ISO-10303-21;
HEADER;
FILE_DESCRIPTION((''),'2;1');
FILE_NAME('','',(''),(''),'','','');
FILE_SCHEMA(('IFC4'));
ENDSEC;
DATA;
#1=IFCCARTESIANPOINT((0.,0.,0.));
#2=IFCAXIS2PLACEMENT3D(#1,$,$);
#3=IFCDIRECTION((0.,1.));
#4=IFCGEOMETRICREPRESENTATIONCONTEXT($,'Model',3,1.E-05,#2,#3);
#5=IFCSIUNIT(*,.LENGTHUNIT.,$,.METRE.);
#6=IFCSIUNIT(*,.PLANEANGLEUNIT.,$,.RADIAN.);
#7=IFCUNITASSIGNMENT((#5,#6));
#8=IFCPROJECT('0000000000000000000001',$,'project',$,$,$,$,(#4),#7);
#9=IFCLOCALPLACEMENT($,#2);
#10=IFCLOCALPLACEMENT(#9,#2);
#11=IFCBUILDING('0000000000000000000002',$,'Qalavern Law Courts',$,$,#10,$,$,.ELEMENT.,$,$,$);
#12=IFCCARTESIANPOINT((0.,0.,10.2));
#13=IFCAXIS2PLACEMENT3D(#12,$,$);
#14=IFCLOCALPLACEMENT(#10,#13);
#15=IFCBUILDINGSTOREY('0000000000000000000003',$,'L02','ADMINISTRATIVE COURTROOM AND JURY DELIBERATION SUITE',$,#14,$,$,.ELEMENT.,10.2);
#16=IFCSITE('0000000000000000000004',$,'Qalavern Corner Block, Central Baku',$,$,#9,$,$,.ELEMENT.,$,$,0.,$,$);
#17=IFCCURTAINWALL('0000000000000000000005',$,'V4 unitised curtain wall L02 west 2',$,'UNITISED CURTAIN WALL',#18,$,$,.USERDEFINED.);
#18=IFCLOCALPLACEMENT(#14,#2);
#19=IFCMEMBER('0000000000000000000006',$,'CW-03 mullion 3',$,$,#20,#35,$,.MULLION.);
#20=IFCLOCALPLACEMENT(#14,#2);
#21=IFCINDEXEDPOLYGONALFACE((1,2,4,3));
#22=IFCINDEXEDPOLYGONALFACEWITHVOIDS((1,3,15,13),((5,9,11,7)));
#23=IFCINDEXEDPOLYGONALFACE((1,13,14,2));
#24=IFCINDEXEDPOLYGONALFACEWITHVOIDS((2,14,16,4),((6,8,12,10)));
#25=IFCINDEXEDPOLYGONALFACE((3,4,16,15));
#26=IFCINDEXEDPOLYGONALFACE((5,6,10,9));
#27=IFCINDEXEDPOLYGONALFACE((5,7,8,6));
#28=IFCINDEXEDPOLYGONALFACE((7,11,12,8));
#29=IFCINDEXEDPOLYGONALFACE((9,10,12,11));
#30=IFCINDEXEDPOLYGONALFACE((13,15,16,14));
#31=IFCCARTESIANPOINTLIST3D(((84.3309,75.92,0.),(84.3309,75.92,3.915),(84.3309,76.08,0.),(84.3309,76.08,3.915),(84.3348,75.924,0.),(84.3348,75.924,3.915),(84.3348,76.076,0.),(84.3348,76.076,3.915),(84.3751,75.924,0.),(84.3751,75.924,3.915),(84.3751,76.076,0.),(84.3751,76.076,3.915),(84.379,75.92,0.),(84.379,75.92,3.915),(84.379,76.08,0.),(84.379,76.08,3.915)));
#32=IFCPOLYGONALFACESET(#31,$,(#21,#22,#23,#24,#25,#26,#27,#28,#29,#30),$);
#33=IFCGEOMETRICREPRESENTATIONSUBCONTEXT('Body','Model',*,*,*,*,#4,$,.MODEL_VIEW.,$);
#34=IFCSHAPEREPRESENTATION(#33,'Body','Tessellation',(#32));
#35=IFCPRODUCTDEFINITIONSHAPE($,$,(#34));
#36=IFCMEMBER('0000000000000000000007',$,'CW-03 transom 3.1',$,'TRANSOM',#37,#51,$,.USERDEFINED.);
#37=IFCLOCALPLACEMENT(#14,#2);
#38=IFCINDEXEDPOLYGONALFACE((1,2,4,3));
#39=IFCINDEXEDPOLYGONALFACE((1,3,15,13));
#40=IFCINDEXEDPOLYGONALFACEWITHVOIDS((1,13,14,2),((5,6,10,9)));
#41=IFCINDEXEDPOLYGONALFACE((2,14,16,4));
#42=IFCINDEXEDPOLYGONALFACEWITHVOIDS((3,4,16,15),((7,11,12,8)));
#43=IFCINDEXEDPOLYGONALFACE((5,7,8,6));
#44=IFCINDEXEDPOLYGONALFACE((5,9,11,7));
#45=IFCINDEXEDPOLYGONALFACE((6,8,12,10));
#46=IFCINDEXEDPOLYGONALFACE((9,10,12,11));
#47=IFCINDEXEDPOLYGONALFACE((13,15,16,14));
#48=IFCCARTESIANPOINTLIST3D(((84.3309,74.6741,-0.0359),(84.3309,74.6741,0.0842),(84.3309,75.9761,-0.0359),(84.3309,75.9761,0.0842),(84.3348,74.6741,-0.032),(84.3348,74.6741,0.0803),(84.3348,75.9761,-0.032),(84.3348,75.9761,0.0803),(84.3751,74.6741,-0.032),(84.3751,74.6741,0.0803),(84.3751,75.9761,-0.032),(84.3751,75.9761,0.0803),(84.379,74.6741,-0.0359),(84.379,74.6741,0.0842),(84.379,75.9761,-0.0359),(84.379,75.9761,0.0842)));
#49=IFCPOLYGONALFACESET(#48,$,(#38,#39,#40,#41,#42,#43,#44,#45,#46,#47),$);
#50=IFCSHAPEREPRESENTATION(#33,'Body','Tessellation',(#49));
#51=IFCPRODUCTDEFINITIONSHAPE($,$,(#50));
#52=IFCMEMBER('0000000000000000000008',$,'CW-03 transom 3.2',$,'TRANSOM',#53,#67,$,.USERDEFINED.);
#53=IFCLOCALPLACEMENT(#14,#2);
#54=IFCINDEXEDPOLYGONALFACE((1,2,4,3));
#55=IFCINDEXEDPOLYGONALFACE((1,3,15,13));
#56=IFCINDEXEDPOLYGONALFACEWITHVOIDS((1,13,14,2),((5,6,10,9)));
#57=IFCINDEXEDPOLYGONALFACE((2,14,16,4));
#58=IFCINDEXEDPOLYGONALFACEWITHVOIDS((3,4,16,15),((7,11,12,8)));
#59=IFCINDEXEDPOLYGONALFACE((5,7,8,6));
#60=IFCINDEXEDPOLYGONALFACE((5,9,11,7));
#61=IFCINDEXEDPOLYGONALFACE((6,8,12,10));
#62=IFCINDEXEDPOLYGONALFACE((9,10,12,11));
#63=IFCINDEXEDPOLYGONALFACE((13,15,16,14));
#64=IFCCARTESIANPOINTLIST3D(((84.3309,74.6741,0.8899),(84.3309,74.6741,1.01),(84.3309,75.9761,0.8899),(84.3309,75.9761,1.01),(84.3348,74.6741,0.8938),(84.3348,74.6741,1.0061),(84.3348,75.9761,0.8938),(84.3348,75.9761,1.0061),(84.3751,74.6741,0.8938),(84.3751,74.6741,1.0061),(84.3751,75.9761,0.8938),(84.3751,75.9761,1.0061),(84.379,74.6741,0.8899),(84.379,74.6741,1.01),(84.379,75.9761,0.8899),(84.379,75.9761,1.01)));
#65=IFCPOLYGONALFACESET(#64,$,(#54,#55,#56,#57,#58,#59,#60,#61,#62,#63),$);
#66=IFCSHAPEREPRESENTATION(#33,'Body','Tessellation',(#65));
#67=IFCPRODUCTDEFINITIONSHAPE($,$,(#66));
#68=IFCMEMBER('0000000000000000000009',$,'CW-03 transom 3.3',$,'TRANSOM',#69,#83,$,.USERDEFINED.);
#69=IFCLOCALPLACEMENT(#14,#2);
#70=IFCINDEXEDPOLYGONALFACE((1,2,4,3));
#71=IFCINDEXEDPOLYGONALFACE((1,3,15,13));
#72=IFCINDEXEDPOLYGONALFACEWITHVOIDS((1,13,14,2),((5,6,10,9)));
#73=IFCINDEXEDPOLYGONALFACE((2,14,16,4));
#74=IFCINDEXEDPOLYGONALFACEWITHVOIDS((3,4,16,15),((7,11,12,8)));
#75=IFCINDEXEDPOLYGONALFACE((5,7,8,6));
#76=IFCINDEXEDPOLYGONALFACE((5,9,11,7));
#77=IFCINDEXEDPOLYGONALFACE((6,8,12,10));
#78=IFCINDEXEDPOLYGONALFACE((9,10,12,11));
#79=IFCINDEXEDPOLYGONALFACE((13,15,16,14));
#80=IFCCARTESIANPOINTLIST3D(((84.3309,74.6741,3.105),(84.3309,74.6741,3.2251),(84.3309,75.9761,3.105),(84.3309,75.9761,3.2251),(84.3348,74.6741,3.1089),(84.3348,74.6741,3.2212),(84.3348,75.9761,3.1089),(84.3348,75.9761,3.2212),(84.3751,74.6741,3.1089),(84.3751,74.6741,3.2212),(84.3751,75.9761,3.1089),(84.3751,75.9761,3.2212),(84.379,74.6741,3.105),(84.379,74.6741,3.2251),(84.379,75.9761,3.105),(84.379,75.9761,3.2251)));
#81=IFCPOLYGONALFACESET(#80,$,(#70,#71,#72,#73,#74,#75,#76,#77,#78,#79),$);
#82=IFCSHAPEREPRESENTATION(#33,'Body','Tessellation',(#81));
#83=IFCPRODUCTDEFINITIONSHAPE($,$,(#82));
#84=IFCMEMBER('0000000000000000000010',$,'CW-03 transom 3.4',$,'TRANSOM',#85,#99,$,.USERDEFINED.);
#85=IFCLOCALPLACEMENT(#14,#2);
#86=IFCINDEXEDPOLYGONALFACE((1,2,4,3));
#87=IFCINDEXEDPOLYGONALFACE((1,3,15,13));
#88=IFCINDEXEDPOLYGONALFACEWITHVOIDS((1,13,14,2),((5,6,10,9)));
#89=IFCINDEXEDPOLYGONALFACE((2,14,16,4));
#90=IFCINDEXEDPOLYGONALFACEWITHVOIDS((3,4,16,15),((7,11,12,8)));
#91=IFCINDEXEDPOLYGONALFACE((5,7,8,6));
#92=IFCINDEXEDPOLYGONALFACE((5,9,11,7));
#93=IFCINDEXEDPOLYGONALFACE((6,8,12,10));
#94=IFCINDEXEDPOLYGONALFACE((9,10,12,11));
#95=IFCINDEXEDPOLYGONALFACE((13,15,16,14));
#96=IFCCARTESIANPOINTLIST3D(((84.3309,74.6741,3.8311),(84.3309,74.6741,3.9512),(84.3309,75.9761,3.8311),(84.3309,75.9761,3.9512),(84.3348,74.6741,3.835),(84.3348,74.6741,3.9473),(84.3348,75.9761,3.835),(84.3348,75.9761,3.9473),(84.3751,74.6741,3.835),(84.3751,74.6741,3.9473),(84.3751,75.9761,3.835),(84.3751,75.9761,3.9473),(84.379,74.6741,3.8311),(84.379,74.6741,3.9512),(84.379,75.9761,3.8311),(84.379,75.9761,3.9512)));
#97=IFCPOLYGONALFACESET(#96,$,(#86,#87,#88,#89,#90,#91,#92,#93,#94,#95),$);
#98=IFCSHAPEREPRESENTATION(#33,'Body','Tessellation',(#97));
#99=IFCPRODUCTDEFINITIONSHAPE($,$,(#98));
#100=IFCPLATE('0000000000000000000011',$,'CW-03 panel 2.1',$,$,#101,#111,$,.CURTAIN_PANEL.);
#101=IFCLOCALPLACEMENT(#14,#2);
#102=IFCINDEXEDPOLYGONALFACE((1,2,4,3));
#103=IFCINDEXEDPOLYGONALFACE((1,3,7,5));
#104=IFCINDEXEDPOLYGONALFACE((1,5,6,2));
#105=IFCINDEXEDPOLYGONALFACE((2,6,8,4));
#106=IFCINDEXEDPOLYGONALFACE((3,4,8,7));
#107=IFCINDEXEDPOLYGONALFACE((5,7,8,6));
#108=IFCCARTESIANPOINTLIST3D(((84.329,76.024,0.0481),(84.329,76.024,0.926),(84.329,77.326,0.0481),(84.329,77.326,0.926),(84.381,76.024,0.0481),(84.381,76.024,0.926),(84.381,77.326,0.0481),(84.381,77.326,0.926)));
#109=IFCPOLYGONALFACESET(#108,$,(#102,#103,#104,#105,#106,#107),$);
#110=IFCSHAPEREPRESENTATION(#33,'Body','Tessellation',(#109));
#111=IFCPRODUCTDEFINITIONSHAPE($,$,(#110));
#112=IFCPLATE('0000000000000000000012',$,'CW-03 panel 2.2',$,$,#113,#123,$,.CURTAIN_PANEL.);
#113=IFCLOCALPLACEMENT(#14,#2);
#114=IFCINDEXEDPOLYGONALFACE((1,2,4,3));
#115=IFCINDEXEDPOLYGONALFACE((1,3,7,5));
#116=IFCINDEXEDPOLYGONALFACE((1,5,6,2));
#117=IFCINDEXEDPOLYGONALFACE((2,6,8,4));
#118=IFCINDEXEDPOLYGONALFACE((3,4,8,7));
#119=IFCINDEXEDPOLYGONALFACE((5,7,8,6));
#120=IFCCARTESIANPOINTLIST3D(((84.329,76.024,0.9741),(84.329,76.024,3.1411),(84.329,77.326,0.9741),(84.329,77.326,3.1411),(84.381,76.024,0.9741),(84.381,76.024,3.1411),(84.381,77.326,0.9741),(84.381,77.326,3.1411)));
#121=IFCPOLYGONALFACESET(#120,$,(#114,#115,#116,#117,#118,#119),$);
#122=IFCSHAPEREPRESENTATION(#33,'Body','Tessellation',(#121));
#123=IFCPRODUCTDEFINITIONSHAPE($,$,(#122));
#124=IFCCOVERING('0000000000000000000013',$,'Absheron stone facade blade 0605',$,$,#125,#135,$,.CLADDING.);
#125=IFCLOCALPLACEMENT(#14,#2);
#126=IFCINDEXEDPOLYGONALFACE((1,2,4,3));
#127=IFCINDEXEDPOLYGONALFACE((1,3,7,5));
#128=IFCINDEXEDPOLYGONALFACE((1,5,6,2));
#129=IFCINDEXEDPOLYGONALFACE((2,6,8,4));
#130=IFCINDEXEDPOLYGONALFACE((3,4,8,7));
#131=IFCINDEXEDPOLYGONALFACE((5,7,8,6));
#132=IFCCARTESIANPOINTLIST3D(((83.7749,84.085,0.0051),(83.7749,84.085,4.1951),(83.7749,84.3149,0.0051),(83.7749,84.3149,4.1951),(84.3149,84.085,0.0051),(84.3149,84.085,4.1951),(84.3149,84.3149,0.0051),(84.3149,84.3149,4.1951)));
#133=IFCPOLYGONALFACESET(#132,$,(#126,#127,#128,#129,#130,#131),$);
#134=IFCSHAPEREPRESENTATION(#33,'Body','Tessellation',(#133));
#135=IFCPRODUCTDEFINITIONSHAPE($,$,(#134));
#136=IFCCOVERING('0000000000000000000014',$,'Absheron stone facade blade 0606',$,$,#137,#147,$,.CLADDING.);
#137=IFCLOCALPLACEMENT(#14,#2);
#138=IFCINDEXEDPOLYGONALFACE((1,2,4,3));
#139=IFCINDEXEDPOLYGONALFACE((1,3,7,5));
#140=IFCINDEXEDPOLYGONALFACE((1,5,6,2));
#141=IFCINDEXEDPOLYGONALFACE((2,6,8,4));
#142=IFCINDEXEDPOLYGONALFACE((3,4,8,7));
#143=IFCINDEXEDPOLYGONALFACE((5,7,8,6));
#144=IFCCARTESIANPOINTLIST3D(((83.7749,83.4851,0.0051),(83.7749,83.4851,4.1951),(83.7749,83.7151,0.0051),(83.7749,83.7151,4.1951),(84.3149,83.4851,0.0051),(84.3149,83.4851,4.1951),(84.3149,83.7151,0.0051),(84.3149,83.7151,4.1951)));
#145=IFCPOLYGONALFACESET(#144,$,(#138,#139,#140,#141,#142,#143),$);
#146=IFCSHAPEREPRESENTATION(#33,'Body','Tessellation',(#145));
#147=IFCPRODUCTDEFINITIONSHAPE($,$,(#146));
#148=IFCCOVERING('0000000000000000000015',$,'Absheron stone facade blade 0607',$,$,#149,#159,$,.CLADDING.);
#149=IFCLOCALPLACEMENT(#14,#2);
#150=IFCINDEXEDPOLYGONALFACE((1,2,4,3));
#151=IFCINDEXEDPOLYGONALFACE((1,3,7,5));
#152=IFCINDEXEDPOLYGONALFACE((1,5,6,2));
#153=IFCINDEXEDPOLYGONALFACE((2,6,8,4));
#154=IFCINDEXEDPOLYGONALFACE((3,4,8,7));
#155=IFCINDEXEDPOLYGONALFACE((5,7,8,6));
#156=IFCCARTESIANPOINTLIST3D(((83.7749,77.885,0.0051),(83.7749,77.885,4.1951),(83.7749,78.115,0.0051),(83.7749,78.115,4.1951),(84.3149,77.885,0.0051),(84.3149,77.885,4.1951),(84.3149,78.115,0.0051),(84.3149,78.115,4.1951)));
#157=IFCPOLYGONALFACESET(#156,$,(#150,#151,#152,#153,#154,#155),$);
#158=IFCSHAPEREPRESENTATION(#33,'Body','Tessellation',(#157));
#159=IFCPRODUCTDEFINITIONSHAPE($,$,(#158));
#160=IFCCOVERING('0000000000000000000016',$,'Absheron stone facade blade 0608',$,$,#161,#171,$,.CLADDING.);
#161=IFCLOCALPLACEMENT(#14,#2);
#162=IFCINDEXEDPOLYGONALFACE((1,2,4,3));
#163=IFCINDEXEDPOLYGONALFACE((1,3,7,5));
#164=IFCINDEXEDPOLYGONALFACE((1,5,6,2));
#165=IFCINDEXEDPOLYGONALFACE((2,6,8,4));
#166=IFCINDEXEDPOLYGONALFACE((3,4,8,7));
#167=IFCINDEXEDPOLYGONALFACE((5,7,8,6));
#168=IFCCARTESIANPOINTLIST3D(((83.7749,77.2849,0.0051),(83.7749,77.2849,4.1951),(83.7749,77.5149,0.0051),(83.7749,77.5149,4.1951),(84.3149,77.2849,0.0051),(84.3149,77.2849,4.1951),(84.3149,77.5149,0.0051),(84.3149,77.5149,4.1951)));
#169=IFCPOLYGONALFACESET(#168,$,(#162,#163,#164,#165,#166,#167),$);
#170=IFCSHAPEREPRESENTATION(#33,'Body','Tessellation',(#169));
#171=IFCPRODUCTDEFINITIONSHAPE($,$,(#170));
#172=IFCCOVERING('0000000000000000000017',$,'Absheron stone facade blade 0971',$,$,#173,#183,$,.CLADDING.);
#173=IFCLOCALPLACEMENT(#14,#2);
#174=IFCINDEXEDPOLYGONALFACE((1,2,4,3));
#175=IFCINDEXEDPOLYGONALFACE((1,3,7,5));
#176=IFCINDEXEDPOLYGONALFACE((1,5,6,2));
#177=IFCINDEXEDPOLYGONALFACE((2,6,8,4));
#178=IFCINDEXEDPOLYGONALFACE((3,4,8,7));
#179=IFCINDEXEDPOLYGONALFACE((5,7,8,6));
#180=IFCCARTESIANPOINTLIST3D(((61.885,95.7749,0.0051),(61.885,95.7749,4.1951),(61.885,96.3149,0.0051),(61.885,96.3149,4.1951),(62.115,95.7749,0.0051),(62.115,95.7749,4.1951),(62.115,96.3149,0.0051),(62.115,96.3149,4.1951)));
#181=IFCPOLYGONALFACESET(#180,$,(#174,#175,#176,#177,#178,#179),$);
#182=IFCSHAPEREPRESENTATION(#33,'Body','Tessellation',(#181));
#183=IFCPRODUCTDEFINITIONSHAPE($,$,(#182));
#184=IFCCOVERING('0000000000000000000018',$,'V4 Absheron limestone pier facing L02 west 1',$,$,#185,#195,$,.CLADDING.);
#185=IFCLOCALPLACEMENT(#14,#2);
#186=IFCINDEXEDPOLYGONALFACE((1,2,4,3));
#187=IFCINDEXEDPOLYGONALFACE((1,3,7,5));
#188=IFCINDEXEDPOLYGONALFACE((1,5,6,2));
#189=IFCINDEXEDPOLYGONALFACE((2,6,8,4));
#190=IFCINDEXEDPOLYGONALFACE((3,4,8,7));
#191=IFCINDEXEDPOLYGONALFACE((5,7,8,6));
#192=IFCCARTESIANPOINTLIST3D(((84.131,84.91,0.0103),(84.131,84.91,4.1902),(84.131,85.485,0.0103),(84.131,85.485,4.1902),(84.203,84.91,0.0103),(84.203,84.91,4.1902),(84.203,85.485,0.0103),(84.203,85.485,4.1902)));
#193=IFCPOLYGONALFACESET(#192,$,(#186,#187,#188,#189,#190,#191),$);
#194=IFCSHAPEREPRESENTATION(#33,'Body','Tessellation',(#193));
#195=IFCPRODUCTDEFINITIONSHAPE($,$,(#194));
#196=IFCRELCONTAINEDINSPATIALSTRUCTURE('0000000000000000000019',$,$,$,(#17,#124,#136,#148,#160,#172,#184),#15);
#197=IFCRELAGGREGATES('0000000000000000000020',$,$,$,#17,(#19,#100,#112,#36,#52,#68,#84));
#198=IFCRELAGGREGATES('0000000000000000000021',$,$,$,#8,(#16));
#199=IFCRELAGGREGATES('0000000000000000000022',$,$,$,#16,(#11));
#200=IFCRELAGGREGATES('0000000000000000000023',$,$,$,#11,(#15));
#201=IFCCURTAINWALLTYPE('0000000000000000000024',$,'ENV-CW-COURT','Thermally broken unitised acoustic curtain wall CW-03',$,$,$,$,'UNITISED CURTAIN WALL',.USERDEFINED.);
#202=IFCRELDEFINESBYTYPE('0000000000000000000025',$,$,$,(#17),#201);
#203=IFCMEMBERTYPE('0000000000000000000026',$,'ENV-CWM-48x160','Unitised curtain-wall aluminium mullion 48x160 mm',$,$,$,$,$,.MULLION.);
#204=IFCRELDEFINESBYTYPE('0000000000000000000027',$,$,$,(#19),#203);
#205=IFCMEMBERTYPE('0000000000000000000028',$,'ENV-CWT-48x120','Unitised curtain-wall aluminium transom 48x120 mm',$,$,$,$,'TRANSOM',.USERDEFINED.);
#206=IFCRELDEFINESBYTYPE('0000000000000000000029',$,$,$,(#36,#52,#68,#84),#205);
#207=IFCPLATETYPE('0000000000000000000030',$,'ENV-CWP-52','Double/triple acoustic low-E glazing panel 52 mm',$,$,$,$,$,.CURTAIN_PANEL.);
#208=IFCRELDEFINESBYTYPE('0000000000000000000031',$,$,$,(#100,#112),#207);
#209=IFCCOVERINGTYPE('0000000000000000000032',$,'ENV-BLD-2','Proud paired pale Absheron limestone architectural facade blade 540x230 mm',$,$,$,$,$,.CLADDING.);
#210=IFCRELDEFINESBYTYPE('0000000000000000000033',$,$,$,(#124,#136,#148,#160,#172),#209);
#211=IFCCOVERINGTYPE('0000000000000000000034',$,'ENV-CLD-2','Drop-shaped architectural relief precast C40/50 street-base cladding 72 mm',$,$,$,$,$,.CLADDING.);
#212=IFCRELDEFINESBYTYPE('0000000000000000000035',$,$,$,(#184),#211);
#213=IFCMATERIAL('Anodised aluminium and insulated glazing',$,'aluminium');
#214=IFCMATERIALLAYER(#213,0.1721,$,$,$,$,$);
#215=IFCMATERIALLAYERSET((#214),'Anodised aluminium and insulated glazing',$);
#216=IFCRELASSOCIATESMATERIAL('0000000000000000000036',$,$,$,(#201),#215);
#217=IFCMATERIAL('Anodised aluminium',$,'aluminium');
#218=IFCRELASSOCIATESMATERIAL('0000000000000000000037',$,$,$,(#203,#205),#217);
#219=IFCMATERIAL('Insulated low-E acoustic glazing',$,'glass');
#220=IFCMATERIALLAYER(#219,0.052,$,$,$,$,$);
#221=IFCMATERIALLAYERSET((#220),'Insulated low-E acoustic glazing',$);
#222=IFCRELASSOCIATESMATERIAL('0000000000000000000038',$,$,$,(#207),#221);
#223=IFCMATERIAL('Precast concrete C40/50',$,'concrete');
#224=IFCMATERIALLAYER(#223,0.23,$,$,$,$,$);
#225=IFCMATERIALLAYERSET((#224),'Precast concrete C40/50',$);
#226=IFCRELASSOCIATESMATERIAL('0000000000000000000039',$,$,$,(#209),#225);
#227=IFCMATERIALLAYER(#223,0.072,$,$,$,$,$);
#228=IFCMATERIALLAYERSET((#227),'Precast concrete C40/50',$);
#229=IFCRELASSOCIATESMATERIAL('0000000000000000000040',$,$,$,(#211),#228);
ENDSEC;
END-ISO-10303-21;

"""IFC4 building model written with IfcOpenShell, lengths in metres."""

from ifc_helpers import new_model, si_unit, direction, frame, origin, origin_2d, place, context, subcontext, project, spatial, rectangle, hollow_rectangle, extrude, material, layer, layer_set, material_profile, profile_set, type_object, element, aggregate, save


model = new_model("IFC4")

# Units and contexts
model_context = context("Model", 3, precision=1e-05, world=origin(), true_north=direction((0.0, 1.0)))
body_context = subcontext(model_context, "Body", "Model", "MODEL_VIEW")
ifc_project = project(units=[si_unit("LENGTHUNIT", "METRE"), si_unit("PLANEANGLEUNIT", "RADIAN")], contexts=[model_context])

# Site, building, storey
site_placement = place(None, origin())
site = spatial("IfcSite", under=ifc_project, at=site_placement, Name="Qalavern Corner Block, Central Baku", CompositionType="ELEMENT", RefElevation=0.0)
building_placement = place(site_placement, origin())
building = spatial("IfcBuilding", under=site, at=building_placement, Name="Qalavern Law Courts", CompositionType="ELEMENT")
storey_placement = place(building_placement, frame((0.0, 0.0, 10.2)))
storey = spatial("IfcBuildingStorey", under=building, at=storey_placement, Name="L02", Description="ADMINISTRATIVE COURTROOM AND JURY DELIBERATION SUITE", CompositionType="ELEMENT", Elevation=10.2)

# Curtain wall, members, plates
ifc_material_1 = material(Name="Anodised aluminium and insulated glazing", Category="aluminium")
ifc_layer_1 = layer(ifc_material_1, 0.1721)
ifc_layer_set_1 = layer_set([ifc_layer_1], Name="Anodised aluminium and insulated glazing")
curtain_wall_type = type_object("IfcCurtainWallType", Name="ENV-CW-COURT", Description="Thermally broken unitised acoustic curtain wall CW-03", ElementType="UNITISED CURTAIN WALL", PredefinedType="USERDEFINED", material=ifc_layer_set_1)
curtain_wall_placement = place(storey_placement, origin())
curtain_wall = element("IfcCurtainWall", 1, at=curtain_wall_placement, inside=storey, type_object=curtain_wall_type, Name="V4 unitised curtain wall L02 west 2", ObjectType="UNITISED CURTAIN WALL", PredefinedType="USERDEFINED")
ifc_material_2 = material(Name="Anodised aluminium", Category="aluminium")
ifc_material_profile_1 = material_profile(ifc_material_2, hollow_rectangle(XDim=0.0481, YDim=0.1599, WallThickness=0.0039, at=origin_2d()), Name="ALU MULLION 48x160")
ifc_profile_set_1 = profile_set([ifc_material_profile_1], Name="Anodised aluminium")
member_type_1 = type_object("IfcMemberType", Name="ENV-CWM-48x160", Description="Unitised curtain-wall aluminium mullion 48x160 mm", PredefinedType="MULLION", material=ifc_profile_set_1)
member_1_placement = place(storey_placement, frame((84.355, 76.0, 0.0), z_axis=(0.0, 0.0, 1.0), x_axis=(1.0, 0.0, 0.0)))
member_1 = element("IfcMember", 2, at=member_1_placement, type_object=member_type_1, Name="CW-03 mullion 3", PredefinedType="MULLION", context=body_context, shape_type="SweptSolid", body=[
    extrude(hollow_rectangle(XDim=0.0481, YDim=0.1599, WallThickness=0.0039, at=origin_2d()), origin(), (0.0, 0.0, 1.0), 3.915),
])
ifc_material_profile_2 = material_profile(ifc_material_2, hollow_rectangle(XDim=0.0481, YDim=0.1201, WallThickness=0.0039, at=origin_2d()), Name="ALU TRANSOM 48x120")
ifc_profile_set_2 = profile_set([ifc_material_profile_2], Name="Anodised aluminium")
member_type_2 = type_object("IfcMemberType", Name="ENV-CWT-48x120", Description="Unitised curtain-wall aluminium transom 48x120 mm", ElementType="TRANSOM", PredefinedType="USERDEFINED", material=ifc_profile_set_2)
member_2_placement = place(storey_placement, frame((84.355, 75.9761, 0.0242), z_axis=(0.0, -1.0, 0.0), x_axis=(1.0, 0.0, 0.0)))
member_2 = element("IfcMember", 3, at=member_2_placement, type_object=member_type_2, Name="CW-03 transom 3.1", ObjectType="TRANSOM", PredefinedType="USERDEFINED", context=body_context, shape_type="SweptSolid", body=[
    extrude(hollow_rectangle(XDim=0.0481, YDim=0.1201, WallThickness=0.0039, at=origin_2d()), origin(), (0.0, 0.0, 1.0), 1.302),
])
member_3_placement = place(storey_placement, frame((84.355, 75.9761, 0.95), z_axis=(0.0, -1.0, 0.0), x_axis=(1.0, 0.0, 0.0)))
member_3 = element("IfcMember", 4, at=member_3_placement, type_object=member_type_2, Name="CW-03 transom 3.2", ObjectType="TRANSOM", PredefinedType="USERDEFINED", context=body_context, shape_type="SweptSolid", body=[
    extrude(hollow_rectangle(XDim=0.0481, YDim=0.1201, WallThickness=0.0039, at=origin_2d()), origin(), (0.0, 0.0, 1.0), 1.302),
])
member_4_placement = place(storey_placement, frame((84.355, 75.9761, 3.165), z_axis=(0.0, -1.0, 0.0), x_axis=(1.0, 0.0, 0.0)))
member_4 = element("IfcMember", 5, at=member_4_placement, type_object=member_type_2, Name="CW-03 transom 3.3", ObjectType="TRANSOM", PredefinedType="USERDEFINED", context=body_context, shape_type="SweptSolid", body=[
    extrude(hollow_rectangle(XDim=0.0481, YDim=0.1201, WallThickness=0.0039, at=origin_2d()), origin(), (0.0, 0.0, 1.0), 1.302),
])
member_5_placement = place(storey_placement, frame((84.355, 75.9761, 3.8911), z_axis=(0.0, -1.0, 0.0), x_axis=(1.0, 0.0, 0.0)))
member_5 = element("IfcMember", 6, at=member_5_placement, type_object=member_type_2, Name="CW-03 transom 3.4", ObjectType="TRANSOM", PredefinedType="USERDEFINED", context=body_context, shape_type="SweptSolid", body=[
    extrude(hollow_rectangle(XDim=0.0481, YDim=0.1201, WallThickness=0.0039, at=origin_2d()), origin(), (0.0, 0.0, 1.0), 1.302),
])
ifc_material_3 = material(Name="Insulated low-E acoustic glazing", Category="glass")
ifc_layer_2 = layer(ifc_material_3, 0.052)
ifc_layer_set_2 = layer_set([ifc_layer_2], Name="Insulated low-E acoustic glazing")
plate_type = type_object("IfcPlateType", Name="ENV-CWP-52", Description="Double/triple acoustic low-E glazing panel 52 mm", PredefinedType="CURTAIN_PANEL", material=ifc_layer_set_2)
plate_1_placement = place(storey_placement, frame((84.355, 76.675, 0.0481), z_axis=(0.0, 0.0, 1.0), x_axis=(0.0, -1.0, 0.0)))
plate_1 = element("IfcPlate", 7, at=plate_1_placement, type_object=plate_type, Name="CW-03 panel 2.1", PredefinedType="CURTAIN_PANEL", context=body_context, shape_type="SweptSolid", body=[
    extrude(rectangle(XDim=1.302, YDim=0.052, at=origin_2d()), origin(), (0.0, 0.0, 1.0), 0.8779),
])
plate_2_placement = place(storey_placement, frame((84.355, 76.675, 0.9741), z_axis=(0.0, 0.0, 1.0), x_axis=(0.0, -1.0, 0.0)))
plate_2 = element("IfcPlate", 8, at=plate_2_placement, type_object=plate_type, Name="CW-03 panel 2.2", PredefinedType="CURTAIN_PANEL", context=body_context, shape_type="SweptSolid", body=[
    extrude(rectangle(XDim=1.302, YDim=0.052, at=origin_2d()), origin(), (0.0, 0.0, 1.0), 2.167),
])
aggregate(curtain_wall, [member_1, plate_1, plate_2, member_2, member_3, member_4, member_5])

# Coverings
ifc_material_4 = material(Name="Precast concrete C40/50", Category="concrete")
ifc_layer_3 = layer(ifc_material_4, 0.23)
ifc_layer_set_3 = layer_set([ifc_layer_3], Name="Precast concrete C40/50")
covering_type_1 = type_object("IfcCoveringType", Name="ENV-BLD-2", Description="Proud paired pale Absheron limestone architectural facade blade 540x230 mm", PredefinedType="CLADDING", material=ifc_layer_set_3)
for number, where, z_axis, x_axis, name in (
    (9, (84.0449, 84.2, 0.0051), (0.0, 0.0, 1.0), (-1.0, 0.0, 0.0), "Absheron stone facade blade 0605"),
    (10, (84.0449, 83.6001, 0.0051), (0.0, 0.0, 1.0), (-1.0, 0.0, 0.0), "Absheron stone facade blade 0606"),
    (11, (84.0449, 78.0, 0.0051), (0.0, 0.0, 1.0), (-1.0, 0.0, 0.0), "Absheron stone facade blade 0607"),
    (12, (84.0449, 77.3999, 0.0051), (0.0, 0.0, 1.0), (-1.0, 0.0, 0.0), "Absheron stone facade blade 0608"),
    (13, (62.0, 96.0449, 0.0051), (0.0, 0.0, 1.0), (0.0, -1.0, 0.0), "Absheron stone facade blade 0971"),
):
    element("IfcCovering", number, at=place(storey_placement, frame(where, z_axis=z_axis, x_axis=x_axis)), inside=storey, type_object=covering_type_1, Name=name, PredefinedType="CLADDING", context=body_context, shape_type="SweptSolid", body=[
        extrude(rectangle(XDim=0.54, YDim=0.23, at=origin_2d()), origin(), (0.0, 0.0, 1.0), 4.1899),
    ])
ifc_layer_4 = layer(ifc_material_4, 0.072)
ifc_layer_set_4 = layer_set([ifc_layer_4], Name="Precast concrete C40/50")
covering_type_2 = type_object("IfcCoveringType", Name="ENV-CLD-2", Description="Drop-shaped architectural relief precast C40/50 street-base cladding 72 mm", PredefinedType="CLADDING", material=ifc_layer_set_4)
covering_1_placement = place(storey_placement, frame((84.167, 85.1975, 0.0103), z_axis=(0.0, 0.0, 1.0), x_axis=(0.0, -1.0, 0.0)))
element("IfcCovering", 14, at=covering_1_placement, inside=storey, type_object=covering_type_2, Name="V4 Absheron limestone pier facing L02 west 1", PredefinedType="CLADDING", context=body_context, shape_type="SweptSolid", body=[
    extrude(rectangle(XDim=0.575, YDim=0.072, at=origin_2d()), origin(), (0.0, 0.0, 1.0), 4.1799),
])

save(model, "model.ifc")
